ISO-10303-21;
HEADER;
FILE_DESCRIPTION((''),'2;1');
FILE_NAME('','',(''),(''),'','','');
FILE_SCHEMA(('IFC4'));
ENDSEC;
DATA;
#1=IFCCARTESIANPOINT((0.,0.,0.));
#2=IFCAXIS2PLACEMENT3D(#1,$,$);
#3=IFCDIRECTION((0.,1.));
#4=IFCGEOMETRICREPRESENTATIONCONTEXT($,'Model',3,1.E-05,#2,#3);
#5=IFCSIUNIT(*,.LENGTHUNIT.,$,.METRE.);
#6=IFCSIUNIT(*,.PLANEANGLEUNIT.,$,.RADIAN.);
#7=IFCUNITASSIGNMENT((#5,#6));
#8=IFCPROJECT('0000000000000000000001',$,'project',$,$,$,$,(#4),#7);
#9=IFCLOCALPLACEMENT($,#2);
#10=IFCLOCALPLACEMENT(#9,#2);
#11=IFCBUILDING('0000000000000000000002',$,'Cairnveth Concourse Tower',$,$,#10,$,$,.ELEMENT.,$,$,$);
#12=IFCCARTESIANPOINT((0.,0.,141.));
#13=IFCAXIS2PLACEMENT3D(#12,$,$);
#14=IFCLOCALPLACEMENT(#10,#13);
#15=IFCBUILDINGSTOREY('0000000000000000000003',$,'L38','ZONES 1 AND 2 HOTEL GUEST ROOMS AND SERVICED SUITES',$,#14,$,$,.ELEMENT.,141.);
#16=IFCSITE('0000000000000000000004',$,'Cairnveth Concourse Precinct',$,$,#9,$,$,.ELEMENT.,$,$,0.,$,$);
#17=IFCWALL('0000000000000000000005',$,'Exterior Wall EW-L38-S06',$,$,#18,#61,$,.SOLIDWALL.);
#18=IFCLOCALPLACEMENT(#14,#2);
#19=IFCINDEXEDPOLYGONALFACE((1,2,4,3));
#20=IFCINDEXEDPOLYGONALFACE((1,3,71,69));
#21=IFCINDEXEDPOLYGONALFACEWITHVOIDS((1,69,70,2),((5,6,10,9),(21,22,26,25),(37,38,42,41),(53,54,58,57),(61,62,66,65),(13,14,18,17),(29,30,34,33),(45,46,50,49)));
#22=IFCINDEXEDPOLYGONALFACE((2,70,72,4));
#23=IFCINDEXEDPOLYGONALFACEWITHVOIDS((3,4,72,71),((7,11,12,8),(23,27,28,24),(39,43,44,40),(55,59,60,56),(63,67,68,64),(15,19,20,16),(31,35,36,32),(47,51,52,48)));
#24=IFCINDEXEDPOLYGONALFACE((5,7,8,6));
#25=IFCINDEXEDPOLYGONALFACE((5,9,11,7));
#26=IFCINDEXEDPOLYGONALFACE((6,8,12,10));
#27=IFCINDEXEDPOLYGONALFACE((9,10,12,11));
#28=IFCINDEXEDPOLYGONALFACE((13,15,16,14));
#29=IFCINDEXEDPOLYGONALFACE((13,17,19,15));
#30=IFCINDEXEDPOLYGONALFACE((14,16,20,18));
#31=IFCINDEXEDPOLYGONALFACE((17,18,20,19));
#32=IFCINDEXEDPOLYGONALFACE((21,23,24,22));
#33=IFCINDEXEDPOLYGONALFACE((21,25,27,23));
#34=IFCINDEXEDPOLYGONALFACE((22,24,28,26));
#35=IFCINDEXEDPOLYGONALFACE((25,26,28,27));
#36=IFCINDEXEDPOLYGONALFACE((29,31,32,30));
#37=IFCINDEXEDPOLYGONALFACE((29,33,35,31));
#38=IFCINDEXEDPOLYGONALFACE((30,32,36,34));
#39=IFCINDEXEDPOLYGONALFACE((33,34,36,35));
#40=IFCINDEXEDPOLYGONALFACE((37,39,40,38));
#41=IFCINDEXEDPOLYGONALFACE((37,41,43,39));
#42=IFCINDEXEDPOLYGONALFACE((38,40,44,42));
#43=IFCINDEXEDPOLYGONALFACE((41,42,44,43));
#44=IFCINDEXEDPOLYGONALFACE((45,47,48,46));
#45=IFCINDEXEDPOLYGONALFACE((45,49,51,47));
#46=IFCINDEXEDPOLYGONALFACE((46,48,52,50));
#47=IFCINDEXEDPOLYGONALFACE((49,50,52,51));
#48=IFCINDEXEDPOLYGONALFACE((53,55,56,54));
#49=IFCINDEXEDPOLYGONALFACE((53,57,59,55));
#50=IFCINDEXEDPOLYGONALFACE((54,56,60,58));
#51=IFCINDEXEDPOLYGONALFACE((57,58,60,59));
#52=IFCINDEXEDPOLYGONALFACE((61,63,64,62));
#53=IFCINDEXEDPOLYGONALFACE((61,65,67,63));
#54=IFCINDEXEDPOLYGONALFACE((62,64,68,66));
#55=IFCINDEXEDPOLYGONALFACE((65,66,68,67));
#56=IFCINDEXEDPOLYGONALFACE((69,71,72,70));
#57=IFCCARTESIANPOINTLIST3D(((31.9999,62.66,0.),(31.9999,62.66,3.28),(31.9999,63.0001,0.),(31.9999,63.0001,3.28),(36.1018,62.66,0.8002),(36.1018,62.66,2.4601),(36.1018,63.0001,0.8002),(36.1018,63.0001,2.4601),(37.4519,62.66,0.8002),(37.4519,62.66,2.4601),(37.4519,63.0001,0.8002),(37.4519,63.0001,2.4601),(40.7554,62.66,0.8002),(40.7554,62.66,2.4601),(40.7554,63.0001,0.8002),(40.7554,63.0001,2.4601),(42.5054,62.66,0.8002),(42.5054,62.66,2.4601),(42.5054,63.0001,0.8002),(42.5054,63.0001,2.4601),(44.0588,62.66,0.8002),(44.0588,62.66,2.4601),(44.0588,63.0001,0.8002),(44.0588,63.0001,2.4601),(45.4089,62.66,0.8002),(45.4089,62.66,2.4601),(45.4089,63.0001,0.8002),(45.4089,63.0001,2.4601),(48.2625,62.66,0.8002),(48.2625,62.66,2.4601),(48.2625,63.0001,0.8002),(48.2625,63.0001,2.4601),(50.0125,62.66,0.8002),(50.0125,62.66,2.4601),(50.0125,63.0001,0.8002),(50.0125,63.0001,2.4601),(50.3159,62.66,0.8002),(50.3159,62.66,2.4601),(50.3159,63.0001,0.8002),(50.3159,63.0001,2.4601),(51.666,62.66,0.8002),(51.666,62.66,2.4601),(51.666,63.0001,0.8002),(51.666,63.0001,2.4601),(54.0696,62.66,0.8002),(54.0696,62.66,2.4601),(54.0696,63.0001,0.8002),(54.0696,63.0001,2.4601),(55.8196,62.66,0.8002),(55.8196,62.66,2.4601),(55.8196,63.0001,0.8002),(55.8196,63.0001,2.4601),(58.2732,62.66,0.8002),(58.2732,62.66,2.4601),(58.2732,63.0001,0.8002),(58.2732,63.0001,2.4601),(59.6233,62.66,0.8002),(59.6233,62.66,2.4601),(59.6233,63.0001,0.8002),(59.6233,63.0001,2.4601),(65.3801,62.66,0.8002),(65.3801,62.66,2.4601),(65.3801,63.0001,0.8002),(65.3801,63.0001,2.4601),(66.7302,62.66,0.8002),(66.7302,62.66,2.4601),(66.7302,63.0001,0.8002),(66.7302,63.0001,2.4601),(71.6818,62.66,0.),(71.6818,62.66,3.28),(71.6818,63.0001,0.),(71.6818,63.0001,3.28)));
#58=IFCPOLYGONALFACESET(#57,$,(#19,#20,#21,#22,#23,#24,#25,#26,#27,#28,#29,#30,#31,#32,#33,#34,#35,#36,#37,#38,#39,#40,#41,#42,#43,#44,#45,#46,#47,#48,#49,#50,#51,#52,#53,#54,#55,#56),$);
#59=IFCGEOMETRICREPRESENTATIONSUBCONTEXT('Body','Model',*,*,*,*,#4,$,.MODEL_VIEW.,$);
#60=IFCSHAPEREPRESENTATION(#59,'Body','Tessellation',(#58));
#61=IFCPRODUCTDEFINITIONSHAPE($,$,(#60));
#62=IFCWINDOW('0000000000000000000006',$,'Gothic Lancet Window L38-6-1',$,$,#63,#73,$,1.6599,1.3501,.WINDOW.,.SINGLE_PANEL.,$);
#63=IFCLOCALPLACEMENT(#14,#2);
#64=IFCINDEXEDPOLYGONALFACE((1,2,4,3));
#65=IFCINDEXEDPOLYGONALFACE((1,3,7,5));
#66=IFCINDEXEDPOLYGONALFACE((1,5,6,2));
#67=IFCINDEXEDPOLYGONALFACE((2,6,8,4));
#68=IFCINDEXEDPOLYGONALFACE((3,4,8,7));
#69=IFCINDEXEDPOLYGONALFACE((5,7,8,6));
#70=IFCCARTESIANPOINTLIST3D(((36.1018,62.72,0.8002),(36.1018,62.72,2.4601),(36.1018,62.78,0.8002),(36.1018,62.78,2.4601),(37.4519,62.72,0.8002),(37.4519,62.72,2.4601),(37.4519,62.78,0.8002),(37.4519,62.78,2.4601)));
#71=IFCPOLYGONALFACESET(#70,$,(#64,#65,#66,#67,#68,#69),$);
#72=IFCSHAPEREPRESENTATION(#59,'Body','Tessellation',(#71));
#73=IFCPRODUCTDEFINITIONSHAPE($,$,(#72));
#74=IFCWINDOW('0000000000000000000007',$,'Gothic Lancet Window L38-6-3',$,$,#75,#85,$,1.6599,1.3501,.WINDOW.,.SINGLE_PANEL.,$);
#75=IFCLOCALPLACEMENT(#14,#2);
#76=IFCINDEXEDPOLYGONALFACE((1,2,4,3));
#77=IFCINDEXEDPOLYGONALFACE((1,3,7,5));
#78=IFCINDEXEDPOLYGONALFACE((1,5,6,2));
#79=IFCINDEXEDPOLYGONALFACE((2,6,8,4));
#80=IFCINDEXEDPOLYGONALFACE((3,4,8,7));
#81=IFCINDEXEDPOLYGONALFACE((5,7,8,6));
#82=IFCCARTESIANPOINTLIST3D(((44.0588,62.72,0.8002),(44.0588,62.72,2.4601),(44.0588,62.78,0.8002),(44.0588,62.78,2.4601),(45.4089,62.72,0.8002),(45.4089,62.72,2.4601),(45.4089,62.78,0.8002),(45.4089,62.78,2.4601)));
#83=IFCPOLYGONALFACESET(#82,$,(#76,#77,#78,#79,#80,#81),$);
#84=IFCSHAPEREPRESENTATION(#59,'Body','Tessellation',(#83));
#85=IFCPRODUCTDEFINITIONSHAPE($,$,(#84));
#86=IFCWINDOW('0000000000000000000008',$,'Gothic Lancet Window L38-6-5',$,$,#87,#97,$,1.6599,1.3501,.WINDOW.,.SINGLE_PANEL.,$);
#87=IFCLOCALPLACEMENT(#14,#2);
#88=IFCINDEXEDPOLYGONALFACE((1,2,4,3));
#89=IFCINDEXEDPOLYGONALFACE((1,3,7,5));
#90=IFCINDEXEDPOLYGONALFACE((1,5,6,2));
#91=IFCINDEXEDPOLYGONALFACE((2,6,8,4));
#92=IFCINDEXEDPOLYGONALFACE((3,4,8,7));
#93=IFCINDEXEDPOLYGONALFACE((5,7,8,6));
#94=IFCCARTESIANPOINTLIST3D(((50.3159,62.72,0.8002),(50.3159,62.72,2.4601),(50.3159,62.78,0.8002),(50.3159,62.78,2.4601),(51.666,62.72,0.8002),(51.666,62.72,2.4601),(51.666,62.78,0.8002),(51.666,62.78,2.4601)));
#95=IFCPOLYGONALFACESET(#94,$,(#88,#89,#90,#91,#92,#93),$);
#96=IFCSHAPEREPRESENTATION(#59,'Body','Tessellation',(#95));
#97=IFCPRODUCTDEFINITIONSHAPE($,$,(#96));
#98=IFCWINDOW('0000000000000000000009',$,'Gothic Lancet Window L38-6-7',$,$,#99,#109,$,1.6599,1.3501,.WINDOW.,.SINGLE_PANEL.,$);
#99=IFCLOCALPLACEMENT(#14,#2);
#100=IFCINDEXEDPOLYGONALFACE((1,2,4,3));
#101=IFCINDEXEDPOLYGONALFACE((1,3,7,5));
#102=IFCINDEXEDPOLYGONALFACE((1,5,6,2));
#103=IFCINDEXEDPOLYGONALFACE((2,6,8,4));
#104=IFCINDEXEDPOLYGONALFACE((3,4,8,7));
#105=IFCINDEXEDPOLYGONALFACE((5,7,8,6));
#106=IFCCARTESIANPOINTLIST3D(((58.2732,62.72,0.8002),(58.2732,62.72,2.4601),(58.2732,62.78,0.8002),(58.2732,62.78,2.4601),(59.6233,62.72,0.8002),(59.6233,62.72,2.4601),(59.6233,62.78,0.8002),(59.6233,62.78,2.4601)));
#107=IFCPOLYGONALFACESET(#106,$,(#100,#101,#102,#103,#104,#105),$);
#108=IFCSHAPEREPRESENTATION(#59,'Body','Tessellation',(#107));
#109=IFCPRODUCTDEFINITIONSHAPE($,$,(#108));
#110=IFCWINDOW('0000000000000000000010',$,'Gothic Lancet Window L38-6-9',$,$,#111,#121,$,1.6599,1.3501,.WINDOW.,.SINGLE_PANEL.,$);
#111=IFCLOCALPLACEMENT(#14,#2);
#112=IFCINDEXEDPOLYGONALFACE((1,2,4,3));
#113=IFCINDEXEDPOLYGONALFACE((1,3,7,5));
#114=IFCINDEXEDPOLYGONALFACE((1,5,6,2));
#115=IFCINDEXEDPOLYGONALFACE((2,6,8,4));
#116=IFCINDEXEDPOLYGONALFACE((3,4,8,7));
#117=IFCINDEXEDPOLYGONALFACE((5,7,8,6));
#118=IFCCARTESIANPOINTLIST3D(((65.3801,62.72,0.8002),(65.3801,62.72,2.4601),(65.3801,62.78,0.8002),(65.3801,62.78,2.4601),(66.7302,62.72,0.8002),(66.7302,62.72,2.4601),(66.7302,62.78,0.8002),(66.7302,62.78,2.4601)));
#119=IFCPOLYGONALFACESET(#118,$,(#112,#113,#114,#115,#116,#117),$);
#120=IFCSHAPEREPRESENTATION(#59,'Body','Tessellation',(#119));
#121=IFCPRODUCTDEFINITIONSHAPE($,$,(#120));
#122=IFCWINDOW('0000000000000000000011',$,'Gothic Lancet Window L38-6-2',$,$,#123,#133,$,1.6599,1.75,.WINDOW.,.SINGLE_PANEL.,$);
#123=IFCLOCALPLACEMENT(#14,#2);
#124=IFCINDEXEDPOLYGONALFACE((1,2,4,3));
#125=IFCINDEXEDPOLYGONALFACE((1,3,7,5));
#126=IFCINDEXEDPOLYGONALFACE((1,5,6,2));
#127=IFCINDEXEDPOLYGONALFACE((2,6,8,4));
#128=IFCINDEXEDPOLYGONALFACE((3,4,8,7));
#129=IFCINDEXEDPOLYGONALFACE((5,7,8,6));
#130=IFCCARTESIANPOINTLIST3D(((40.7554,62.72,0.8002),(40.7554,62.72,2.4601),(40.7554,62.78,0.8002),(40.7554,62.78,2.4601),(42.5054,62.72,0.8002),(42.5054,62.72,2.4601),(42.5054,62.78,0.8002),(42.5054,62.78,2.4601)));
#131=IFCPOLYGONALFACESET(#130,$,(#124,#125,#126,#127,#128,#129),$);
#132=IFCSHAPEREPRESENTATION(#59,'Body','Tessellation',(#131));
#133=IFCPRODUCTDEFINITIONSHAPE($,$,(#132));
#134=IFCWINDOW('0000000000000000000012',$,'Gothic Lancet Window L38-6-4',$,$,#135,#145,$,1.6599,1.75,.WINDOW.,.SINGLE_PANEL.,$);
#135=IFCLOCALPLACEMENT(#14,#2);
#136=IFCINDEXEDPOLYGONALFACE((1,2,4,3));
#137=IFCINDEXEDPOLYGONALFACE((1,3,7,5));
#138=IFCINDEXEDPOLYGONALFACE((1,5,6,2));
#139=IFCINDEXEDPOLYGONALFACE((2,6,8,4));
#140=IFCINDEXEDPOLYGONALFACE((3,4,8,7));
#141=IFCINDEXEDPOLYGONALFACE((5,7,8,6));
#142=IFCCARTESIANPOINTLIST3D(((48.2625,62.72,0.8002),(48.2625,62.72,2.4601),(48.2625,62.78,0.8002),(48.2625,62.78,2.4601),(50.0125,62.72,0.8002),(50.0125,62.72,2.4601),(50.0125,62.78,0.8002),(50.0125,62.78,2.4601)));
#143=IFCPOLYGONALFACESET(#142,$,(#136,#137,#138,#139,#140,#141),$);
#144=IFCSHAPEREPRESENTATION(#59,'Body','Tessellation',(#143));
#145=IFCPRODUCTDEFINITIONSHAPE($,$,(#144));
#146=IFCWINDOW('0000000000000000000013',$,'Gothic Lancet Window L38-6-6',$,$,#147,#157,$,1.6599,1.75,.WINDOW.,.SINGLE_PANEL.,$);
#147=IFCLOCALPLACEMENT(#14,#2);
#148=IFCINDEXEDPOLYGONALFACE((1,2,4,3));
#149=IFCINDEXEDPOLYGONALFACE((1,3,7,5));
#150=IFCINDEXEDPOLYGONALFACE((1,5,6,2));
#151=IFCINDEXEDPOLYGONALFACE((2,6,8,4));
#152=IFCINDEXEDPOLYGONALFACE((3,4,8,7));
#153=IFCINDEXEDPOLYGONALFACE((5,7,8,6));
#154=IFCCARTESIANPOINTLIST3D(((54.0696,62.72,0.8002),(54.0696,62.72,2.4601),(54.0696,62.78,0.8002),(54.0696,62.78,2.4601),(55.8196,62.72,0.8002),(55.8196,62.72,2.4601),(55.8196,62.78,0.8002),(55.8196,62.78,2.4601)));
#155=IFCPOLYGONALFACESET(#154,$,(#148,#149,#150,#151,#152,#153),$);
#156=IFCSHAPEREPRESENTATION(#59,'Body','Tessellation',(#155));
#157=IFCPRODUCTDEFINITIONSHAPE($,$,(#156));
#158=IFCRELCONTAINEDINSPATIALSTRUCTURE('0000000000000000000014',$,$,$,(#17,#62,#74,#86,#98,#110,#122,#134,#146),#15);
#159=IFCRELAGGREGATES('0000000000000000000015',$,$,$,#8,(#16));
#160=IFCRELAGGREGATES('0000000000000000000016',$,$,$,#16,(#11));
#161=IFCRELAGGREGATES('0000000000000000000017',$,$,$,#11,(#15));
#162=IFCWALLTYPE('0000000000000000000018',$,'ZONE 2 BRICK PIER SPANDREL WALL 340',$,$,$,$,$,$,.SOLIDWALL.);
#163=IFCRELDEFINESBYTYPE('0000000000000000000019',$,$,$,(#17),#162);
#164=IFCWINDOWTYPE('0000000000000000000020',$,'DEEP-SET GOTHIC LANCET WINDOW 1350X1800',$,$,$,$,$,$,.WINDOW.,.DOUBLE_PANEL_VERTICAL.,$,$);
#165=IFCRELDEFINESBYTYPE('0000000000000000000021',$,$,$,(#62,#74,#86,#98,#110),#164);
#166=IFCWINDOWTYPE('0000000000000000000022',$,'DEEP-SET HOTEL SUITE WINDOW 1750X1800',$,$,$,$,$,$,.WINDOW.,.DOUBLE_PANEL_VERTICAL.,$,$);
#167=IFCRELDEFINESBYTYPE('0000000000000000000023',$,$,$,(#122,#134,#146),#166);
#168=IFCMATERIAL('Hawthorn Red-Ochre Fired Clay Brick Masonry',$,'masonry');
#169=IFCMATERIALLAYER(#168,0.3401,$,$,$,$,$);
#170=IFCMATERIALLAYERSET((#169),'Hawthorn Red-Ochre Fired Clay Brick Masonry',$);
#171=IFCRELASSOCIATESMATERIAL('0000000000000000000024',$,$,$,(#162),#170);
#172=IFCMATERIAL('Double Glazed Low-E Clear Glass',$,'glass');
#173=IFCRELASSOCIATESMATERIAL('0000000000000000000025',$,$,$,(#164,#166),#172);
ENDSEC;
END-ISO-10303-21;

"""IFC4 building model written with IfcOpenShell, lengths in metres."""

from ifc_helpers import new_model, si_unit, direction, frame, frame_2d, origin, place, context, subcontext, project, spatial, rectangle, extrude, material, layer, layer_set, type_object, element, fill, save


model = new_model("IFC4")

# Units and contexts
model_context = context("Model", 3, precision=1e-05, world=origin(), true_north=direction((0.0, 1.0)))
body_context = subcontext(model_context, "Body", "Model", "MODEL_VIEW")
ifc_project = project(units=[si_unit("LENGTHUNIT", "METRE"), si_unit("PLANEANGLEUNIT", "RADIAN")], contexts=[model_context])

# Site, building, storey
site_placement = place(None, origin())
site = spatial("IfcSite", under=ifc_project, at=site_placement, Name="Cairnveth Concourse Precinct", CompositionType="ELEMENT", RefElevation=0.0)
building_placement = place(site_placement, origin())
building = spatial("IfcBuilding", under=site, at=building_placement, Name="Cairnveth Concourse Tower", CompositionType="ELEMENT")
storey_placement = place(building_placement, frame((0.0, 0.0, 141.0)))
storey = spatial("IfcBuildingStorey", under=building, at=storey_placement, Name="L38", Description="ZONES 1 AND 2 HOTEL GUEST ROOMS AND SERVICED SUITES", CompositionType="ELEMENT", Elevation=141.0)

# Shared definitions
ifc_material_1 = material(Name="Hawthorn Red-Ochre Fired Clay Brick Masonry", Category="masonry")
ifc_layer_1 = layer(ifc_material_1, 0.3401)
ifc_layer_set_1 = layer_set([ifc_layer_1], Name="Hawthorn Red-Ochre Fired Clay Brick Masonry")
wall_type = type_object("IfcWallType", Name="ZONE 2 BRICK PIER SPANDREL WALL 340", PredefinedType="SOLIDWALL", material=ifc_layer_set_1)

# Wall, openings, windows
wall_1_placement = place(storey_placement, frame((32.0, 62.8301, 0.0), z_axis=(0.0, 0.0, 1.0), x_axis=(1.0, 0.0, 0.0)))
wall_1 = element("IfcWall", 1, at=wall_1_placement, inside=storey, type_object=wall_type, Name="Exterior Wall EW-L38-S06", PredefinedType="SOLIDWALL", context=body_context, shape_type="SweptSolid", body=[
    extrude(rectangle(XDim=39.6819, YDim=0.3401, at=frame_2d((19.8408, 0.0))), origin(), (0.0, 0.0, 1.0), 3.28),
])
opening_1_placement = place(wall_1_placement, frame((4.1018, 0.0, 0.8)))
opening_1 = element("IfcOpeningElement", 2, at=opening_1_placement, cuts=wall_1, PredefinedType="OPENING", context=body_context, shape_type="SweptSolid", body=[
    extrude(rectangle(XDim=1.3501, YDim=1.6599, at=frame_2d((0.675, 0.8301))), frame((0.0, 0.1799, 0.0), z_axis=(0.0, -1.0, 0.0), x_axis=(1.0, 0.0, 0.0)), (0.0, 0.0, 1.0), 0.3601),
])
opening_2_placement = place(wall_1_placement, frame((8.7554, 0.0, 0.8)))
opening_2 = element("IfcOpeningElement", 3, at=opening_2_placement, cuts=wall_1, PredefinedType="OPENING", context=body_context, shape_type="SweptSolid", body=[
    extrude(rectangle(XDim=1.75, YDim=1.6599, at=frame_2d((0.875, 0.8301))), frame((0.0, 0.1799, 0.0), z_axis=(0.0, -1.0, 0.0), x_axis=(1.0, 0.0, 0.0)), (0.0, 0.0, 1.0), 0.3601),
])
opening_3_placement = place(wall_1_placement, frame((12.0588, 0.0, 0.8)))
opening_3 = element("IfcOpeningElement", 4, at=opening_3_placement, cuts=wall_1, PredefinedType="OPENING", context=body_context, shape_type="SweptSolid", body=[
    extrude(rectangle(XDim=1.3501, YDim=1.6599, at=frame_2d((0.675, 0.8301))), frame((0.0, 0.1799, 0.0), z_axis=(0.0, -1.0, 0.0), x_axis=(1.0, 0.0, 0.0)), (0.0, 0.0, 1.0), 0.3601),
])
opening_4_placement = place(wall_1_placement, frame((16.2625, 0.0, 0.8)))
opening_4 = element("IfcOpeningElement", 5, at=opening_4_placement, cuts=wall_1, PredefinedType="OPENING", context=body_context, shape_type="SweptSolid", body=[
    extrude(rectangle(XDim=1.75, YDim=1.6599, at=frame_2d((0.875, 0.8301))), frame((0.0, 0.1799, 0.0), z_axis=(0.0, -1.0, 0.0), x_axis=(1.0, 0.0, 0.0)), (0.0, 0.0, 1.0), 0.3601),
])
opening_5_placement = place(wall_1_placement, frame((18.3159, 0.0, 0.8)))
opening_5 = element("IfcOpeningElement", 6, at=opening_5_placement, cuts=wall_1, PredefinedType="OPENING", context=body_context, shape_type="SweptSolid", body=[
    extrude(rectangle(XDim=1.3501, YDim=1.6599, at=frame_2d((0.675, 0.8301))), frame((0.0, 0.1799, 0.0), z_axis=(0.0, -1.0, 0.0), x_axis=(1.0, 0.0, 0.0)), (0.0, 0.0, 1.0), 0.3601),
])
opening_6_placement = place(wall_1_placement, frame((22.0696, 0.0, 0.8)))
opening_6 = element("IfcOpeningElement", 7, at=opening_6_placement, cuts=wall_1, PredefinedType="OPENING", context=body_context, shape_type="SweptSolid", body=[
    extrude(rectangle(XDim=1.75, YDim=1.6599, at=frame_2d((0.875, 0.8301))), frame((0.0, 0.1799, 0.0), z_axis=(0.0, -1.0, 0.0), x_axis=(1.0, 0.0, 0.0)), (0.0, 0.0, 1.0), 0.3601),
])
opening_7_placement = place(wall_1_placement, frame((26.2732, 0.0, 0.8)))
opening_7 = element("IfcOpeningElement", 8, at=opening_7_placement, cuts=wall_1, PredefinedType="OPENING", context=body_context, shape_type="SweptSolid", body=[
    extrude(rectangle(XDim=1.3501, YDim=1.6599, at=frame_2d((0.675, 0.8301))), frame((0.0, 0.1799, 0.0), z_axis=(0.0, -1.0, 0.0), x_axis=(1.0, 0.0, 0.0)), (0.0, 0.0, 1.0), 0.3601),
])
opening_8_placement = place(wall_1_placement, frame((33.3801, 0.0, 0.8)))
opening_8 = element("IfcOpeningElement", 9, at=opening_8_placement, cuts=wall_1, PredefinedType="OPENING", context=body_context, shape_type="SweptSolid", body=[
    extrude(rectangle(XDim=1.3501, YDim=1.6599, at=frame_2d((0.675, 0.8301))), frame((0.0, 0.1799, 0.0), z_axis=(0.0, -1.0, 0.0), x_axis=(1.0, 0.0, 0.0)), (0.0, 0.0, 1.0), 0.3601),
])
ifc_material_2 = material(Name="Double Glazed Low-E Clear Glass", Category="glass")
window_type_1 = type_object("IfcWindowType", Name="DEEP-SET GOTHIC LANCET WINDOW 1350X1800", PartitioningType="DOUBLE_PANEL_VERTICAL", PredefinedType="WINDOW", material=ifc_material_2)
window_1_placement = place(opening_1_placement, origin())
window_1 = element("IfcWindow", 10, at=window_1_placement, inside=storey, type_object=window_type_1, Name="Gothic Lancet Window L38-6-1", OverallHeight=1.6599, OverallWidth=1.3501, PartitioningType="SINGLE_PANEL", PredefinedType="WINDOW", context=body_context, shape_type="SweptSolid", body=[
    extrude(rectangle(XDim=1.3501, YDim=1.6599, at=frame_2d((0.675, 0.8301))), frame((0.0, -0.05, 0.0), z_axis=(0.0, -1.0, 0.0), x_axis=(1.0, 0.0, 0.0)), (0.0, 0.0, 1.0), 0.0601),
])
fill(opening_1, window_1)
window_2_placement = place(opening_3_placement, origin())
window_2 = element("IfcWindow", 11, at=window_2_placement, inside=storey, type_object=window_type_1, Name="Gothic Lancet Window L38-6-3", OverallHeight=1.6599, OverallWidth=1.3501, PartitioningType="SINGLE_PANEL", PredefinedType="WINDOW", context=body_context, shape_type="SweptSolid", body=[
    extrude(rectangle(XDim=1.3501, YDim=1.6599, at=frame_2d((0.675, 0.8301))), frame((0.0, -0.05, 0.0), z_axis=(0.0, -1.0, 0.0), x_axis=(1.0, 0.0, 0.0)), (0.0, 0.0, 1.0), 0.0601),
])
fill(opening_3, window_2)
window_3_placement = place(opening_5_placement, origin())
window_3 = element("IfcWindow", 12, at=window_3_placement, inside=storey, type_object=window_type_1, Name="Gothic Lancet Window L38-6-5", OverallHeight=1.6599, OverallWidth=1.3501, PartitioningType="SINGLE_PANEL", PredefinedType="WINDOW", context=body_context, shape_type="SweptSolid", body=[
    extrude(rectangle(XDim=1.3501, YDim=1.6599, at=frame_2d((0.675, 0.8301))), frame((0.0, -0.05, 0.0), z_axis=(0.0, -1.0, 0.0), x_axis=(1.0, 0.0, 0.0)), (0.0, 0.0, 1.0), 0.0601),
])
fill(opening_5, window_3)
window_4_placement = place(opening_7_placement, origin())
window_4 = element("IfcWindow", 13, at=window_4_placement, inside=storey, type_object=window_type_1, Name="Gothic Lancet Window L38-6-7", OverallHeight=1.6599, OverallWidth=1.3501, PartitioningType="SINGLE_PANEL", PredefinedType="WINDOW", context=body_context, shape_type="SweptSolid", body=[
    extrude(rectangle(XDim=1.3501, YDim=1.6599, at=frame_2d((0.675, 0.8301))), frame((0.0, -0.05, 0.0), z_axis=(0.0, -1.0, 0.0), x_axis=(1.0, 0.0, 0.0)), (0.0, 0.0, 1.0), 0.0601),
])
fill(opening_7, window_4)
window_5_placement = place(opening_8_placement, origin())
window_5 = element("IfcWindow", 14, at=window_5_placement, inside=storey, type_object=window_type_1, Name="Gothic Lancet Window L38-6-9", OverallHeight=1.6599, OverallWidth=1.3501, PartitioningType="SINGLE_PANEL", PredefinedType="WINDOW", context=body_context, shape_type="SweptSolid", body=[
    extrude(rectangle(XDim=1.3501, YDim=1.6599, at=frame_2d((0.675, 0.8301))), frame((0.0, -0.05, 0.0), z_axis=(0.0, -1.0, 0.0), x_axis=(1.0, 0.0, 0.0)), (0.0, 0.0, 1.0), 0.0601),
])
fill(opening_8, window_5)
window_type_2 = type_object("IfcWindowType", Name="DEEP-SET HOTEL SUITE WINDOW 1750X1800", PartitioningType="DOUBLE_PANEL_VERTICAL", PredefinedType="WINDOW", material=ifc_material_2)
window_6_placement = place(opening_2_placement, origin())
window_6 = element("IfcWindow", 15, at=window_6_placement, inside=storey, type_object=window_type_2, Name="Gothic Lancet Window L38-6-2", OverallHeight=1.6599, OverallWidth=1.75, PartitioningType="SINGLE_PANEL", PredefinedType="WINDOW", context=body_context, shape_type="SweptSolid", body=[
    extrude(rectangle(XDim=1.75, YDim=1.6599, at=frame_2d((0.875, 0.8301))), frame((0.0, -0.05, 0.0), z_axis=(0.0, -1.0, 0.0), x_axis=(1.0, 0.0, 0.0)), (0.0, 0.0, 1.0), 0.0601),
])
fill(opening_2, window_6)
window_7_placement = place(opening_4_placement, origin())
window_7 = element("IfcWindow", 16, at=window_7_placement, inside=storey, type_object=window_type_2, Name="Gothic Lancet Window L38-6-4", OverallHeight=1.6599, OverallWidth=1.75, PartitioningType="SINGLE_PANEL", PredefinedType="WINDOW", context=body_context, shape_type="SweptSolid", body=[
    extrude(rectangle(XDim=1.75, YDim=1.6599, at=frame_2d((0.875, 0.8301))), frame((0.0, -0.05, 0.0), z_axis=(0.0, -1.0, 0.0), x_axis=(1.0, 0.0, 0.0)), (0.0, 0.0, 1.0), 0.0601),
])
fill(opening_4, window_7)
window_8_placement = place(opening_6_placement, origin())
window_8 = element("IfcWindow", 17, at=window_8_placement, inside=storey, type_object=window_type_2, Name="Gothic Lancet Window L38-6-6", OverallHeight=1.6599, OverallWidth=1.75, PartitioningType="SINGLE_PANEL", PredefinedType="WINDOW", context=body_context, shape_type="SweptSolid", body=[
    extrude(rectangle(XDim=1.75, YDim=1.6599, at=frame_2d((0.875, 0.8301))), frame((0.0, -0.05, 0.0), z_axis=(0.0, -1.0, 0.0), x_axis=(1.0, 0.0, 0.0)), (0.0, 0.0, 1.0), 0.0601),
])
fill(opening_6, window_8)

save(model, "model.ifc")
